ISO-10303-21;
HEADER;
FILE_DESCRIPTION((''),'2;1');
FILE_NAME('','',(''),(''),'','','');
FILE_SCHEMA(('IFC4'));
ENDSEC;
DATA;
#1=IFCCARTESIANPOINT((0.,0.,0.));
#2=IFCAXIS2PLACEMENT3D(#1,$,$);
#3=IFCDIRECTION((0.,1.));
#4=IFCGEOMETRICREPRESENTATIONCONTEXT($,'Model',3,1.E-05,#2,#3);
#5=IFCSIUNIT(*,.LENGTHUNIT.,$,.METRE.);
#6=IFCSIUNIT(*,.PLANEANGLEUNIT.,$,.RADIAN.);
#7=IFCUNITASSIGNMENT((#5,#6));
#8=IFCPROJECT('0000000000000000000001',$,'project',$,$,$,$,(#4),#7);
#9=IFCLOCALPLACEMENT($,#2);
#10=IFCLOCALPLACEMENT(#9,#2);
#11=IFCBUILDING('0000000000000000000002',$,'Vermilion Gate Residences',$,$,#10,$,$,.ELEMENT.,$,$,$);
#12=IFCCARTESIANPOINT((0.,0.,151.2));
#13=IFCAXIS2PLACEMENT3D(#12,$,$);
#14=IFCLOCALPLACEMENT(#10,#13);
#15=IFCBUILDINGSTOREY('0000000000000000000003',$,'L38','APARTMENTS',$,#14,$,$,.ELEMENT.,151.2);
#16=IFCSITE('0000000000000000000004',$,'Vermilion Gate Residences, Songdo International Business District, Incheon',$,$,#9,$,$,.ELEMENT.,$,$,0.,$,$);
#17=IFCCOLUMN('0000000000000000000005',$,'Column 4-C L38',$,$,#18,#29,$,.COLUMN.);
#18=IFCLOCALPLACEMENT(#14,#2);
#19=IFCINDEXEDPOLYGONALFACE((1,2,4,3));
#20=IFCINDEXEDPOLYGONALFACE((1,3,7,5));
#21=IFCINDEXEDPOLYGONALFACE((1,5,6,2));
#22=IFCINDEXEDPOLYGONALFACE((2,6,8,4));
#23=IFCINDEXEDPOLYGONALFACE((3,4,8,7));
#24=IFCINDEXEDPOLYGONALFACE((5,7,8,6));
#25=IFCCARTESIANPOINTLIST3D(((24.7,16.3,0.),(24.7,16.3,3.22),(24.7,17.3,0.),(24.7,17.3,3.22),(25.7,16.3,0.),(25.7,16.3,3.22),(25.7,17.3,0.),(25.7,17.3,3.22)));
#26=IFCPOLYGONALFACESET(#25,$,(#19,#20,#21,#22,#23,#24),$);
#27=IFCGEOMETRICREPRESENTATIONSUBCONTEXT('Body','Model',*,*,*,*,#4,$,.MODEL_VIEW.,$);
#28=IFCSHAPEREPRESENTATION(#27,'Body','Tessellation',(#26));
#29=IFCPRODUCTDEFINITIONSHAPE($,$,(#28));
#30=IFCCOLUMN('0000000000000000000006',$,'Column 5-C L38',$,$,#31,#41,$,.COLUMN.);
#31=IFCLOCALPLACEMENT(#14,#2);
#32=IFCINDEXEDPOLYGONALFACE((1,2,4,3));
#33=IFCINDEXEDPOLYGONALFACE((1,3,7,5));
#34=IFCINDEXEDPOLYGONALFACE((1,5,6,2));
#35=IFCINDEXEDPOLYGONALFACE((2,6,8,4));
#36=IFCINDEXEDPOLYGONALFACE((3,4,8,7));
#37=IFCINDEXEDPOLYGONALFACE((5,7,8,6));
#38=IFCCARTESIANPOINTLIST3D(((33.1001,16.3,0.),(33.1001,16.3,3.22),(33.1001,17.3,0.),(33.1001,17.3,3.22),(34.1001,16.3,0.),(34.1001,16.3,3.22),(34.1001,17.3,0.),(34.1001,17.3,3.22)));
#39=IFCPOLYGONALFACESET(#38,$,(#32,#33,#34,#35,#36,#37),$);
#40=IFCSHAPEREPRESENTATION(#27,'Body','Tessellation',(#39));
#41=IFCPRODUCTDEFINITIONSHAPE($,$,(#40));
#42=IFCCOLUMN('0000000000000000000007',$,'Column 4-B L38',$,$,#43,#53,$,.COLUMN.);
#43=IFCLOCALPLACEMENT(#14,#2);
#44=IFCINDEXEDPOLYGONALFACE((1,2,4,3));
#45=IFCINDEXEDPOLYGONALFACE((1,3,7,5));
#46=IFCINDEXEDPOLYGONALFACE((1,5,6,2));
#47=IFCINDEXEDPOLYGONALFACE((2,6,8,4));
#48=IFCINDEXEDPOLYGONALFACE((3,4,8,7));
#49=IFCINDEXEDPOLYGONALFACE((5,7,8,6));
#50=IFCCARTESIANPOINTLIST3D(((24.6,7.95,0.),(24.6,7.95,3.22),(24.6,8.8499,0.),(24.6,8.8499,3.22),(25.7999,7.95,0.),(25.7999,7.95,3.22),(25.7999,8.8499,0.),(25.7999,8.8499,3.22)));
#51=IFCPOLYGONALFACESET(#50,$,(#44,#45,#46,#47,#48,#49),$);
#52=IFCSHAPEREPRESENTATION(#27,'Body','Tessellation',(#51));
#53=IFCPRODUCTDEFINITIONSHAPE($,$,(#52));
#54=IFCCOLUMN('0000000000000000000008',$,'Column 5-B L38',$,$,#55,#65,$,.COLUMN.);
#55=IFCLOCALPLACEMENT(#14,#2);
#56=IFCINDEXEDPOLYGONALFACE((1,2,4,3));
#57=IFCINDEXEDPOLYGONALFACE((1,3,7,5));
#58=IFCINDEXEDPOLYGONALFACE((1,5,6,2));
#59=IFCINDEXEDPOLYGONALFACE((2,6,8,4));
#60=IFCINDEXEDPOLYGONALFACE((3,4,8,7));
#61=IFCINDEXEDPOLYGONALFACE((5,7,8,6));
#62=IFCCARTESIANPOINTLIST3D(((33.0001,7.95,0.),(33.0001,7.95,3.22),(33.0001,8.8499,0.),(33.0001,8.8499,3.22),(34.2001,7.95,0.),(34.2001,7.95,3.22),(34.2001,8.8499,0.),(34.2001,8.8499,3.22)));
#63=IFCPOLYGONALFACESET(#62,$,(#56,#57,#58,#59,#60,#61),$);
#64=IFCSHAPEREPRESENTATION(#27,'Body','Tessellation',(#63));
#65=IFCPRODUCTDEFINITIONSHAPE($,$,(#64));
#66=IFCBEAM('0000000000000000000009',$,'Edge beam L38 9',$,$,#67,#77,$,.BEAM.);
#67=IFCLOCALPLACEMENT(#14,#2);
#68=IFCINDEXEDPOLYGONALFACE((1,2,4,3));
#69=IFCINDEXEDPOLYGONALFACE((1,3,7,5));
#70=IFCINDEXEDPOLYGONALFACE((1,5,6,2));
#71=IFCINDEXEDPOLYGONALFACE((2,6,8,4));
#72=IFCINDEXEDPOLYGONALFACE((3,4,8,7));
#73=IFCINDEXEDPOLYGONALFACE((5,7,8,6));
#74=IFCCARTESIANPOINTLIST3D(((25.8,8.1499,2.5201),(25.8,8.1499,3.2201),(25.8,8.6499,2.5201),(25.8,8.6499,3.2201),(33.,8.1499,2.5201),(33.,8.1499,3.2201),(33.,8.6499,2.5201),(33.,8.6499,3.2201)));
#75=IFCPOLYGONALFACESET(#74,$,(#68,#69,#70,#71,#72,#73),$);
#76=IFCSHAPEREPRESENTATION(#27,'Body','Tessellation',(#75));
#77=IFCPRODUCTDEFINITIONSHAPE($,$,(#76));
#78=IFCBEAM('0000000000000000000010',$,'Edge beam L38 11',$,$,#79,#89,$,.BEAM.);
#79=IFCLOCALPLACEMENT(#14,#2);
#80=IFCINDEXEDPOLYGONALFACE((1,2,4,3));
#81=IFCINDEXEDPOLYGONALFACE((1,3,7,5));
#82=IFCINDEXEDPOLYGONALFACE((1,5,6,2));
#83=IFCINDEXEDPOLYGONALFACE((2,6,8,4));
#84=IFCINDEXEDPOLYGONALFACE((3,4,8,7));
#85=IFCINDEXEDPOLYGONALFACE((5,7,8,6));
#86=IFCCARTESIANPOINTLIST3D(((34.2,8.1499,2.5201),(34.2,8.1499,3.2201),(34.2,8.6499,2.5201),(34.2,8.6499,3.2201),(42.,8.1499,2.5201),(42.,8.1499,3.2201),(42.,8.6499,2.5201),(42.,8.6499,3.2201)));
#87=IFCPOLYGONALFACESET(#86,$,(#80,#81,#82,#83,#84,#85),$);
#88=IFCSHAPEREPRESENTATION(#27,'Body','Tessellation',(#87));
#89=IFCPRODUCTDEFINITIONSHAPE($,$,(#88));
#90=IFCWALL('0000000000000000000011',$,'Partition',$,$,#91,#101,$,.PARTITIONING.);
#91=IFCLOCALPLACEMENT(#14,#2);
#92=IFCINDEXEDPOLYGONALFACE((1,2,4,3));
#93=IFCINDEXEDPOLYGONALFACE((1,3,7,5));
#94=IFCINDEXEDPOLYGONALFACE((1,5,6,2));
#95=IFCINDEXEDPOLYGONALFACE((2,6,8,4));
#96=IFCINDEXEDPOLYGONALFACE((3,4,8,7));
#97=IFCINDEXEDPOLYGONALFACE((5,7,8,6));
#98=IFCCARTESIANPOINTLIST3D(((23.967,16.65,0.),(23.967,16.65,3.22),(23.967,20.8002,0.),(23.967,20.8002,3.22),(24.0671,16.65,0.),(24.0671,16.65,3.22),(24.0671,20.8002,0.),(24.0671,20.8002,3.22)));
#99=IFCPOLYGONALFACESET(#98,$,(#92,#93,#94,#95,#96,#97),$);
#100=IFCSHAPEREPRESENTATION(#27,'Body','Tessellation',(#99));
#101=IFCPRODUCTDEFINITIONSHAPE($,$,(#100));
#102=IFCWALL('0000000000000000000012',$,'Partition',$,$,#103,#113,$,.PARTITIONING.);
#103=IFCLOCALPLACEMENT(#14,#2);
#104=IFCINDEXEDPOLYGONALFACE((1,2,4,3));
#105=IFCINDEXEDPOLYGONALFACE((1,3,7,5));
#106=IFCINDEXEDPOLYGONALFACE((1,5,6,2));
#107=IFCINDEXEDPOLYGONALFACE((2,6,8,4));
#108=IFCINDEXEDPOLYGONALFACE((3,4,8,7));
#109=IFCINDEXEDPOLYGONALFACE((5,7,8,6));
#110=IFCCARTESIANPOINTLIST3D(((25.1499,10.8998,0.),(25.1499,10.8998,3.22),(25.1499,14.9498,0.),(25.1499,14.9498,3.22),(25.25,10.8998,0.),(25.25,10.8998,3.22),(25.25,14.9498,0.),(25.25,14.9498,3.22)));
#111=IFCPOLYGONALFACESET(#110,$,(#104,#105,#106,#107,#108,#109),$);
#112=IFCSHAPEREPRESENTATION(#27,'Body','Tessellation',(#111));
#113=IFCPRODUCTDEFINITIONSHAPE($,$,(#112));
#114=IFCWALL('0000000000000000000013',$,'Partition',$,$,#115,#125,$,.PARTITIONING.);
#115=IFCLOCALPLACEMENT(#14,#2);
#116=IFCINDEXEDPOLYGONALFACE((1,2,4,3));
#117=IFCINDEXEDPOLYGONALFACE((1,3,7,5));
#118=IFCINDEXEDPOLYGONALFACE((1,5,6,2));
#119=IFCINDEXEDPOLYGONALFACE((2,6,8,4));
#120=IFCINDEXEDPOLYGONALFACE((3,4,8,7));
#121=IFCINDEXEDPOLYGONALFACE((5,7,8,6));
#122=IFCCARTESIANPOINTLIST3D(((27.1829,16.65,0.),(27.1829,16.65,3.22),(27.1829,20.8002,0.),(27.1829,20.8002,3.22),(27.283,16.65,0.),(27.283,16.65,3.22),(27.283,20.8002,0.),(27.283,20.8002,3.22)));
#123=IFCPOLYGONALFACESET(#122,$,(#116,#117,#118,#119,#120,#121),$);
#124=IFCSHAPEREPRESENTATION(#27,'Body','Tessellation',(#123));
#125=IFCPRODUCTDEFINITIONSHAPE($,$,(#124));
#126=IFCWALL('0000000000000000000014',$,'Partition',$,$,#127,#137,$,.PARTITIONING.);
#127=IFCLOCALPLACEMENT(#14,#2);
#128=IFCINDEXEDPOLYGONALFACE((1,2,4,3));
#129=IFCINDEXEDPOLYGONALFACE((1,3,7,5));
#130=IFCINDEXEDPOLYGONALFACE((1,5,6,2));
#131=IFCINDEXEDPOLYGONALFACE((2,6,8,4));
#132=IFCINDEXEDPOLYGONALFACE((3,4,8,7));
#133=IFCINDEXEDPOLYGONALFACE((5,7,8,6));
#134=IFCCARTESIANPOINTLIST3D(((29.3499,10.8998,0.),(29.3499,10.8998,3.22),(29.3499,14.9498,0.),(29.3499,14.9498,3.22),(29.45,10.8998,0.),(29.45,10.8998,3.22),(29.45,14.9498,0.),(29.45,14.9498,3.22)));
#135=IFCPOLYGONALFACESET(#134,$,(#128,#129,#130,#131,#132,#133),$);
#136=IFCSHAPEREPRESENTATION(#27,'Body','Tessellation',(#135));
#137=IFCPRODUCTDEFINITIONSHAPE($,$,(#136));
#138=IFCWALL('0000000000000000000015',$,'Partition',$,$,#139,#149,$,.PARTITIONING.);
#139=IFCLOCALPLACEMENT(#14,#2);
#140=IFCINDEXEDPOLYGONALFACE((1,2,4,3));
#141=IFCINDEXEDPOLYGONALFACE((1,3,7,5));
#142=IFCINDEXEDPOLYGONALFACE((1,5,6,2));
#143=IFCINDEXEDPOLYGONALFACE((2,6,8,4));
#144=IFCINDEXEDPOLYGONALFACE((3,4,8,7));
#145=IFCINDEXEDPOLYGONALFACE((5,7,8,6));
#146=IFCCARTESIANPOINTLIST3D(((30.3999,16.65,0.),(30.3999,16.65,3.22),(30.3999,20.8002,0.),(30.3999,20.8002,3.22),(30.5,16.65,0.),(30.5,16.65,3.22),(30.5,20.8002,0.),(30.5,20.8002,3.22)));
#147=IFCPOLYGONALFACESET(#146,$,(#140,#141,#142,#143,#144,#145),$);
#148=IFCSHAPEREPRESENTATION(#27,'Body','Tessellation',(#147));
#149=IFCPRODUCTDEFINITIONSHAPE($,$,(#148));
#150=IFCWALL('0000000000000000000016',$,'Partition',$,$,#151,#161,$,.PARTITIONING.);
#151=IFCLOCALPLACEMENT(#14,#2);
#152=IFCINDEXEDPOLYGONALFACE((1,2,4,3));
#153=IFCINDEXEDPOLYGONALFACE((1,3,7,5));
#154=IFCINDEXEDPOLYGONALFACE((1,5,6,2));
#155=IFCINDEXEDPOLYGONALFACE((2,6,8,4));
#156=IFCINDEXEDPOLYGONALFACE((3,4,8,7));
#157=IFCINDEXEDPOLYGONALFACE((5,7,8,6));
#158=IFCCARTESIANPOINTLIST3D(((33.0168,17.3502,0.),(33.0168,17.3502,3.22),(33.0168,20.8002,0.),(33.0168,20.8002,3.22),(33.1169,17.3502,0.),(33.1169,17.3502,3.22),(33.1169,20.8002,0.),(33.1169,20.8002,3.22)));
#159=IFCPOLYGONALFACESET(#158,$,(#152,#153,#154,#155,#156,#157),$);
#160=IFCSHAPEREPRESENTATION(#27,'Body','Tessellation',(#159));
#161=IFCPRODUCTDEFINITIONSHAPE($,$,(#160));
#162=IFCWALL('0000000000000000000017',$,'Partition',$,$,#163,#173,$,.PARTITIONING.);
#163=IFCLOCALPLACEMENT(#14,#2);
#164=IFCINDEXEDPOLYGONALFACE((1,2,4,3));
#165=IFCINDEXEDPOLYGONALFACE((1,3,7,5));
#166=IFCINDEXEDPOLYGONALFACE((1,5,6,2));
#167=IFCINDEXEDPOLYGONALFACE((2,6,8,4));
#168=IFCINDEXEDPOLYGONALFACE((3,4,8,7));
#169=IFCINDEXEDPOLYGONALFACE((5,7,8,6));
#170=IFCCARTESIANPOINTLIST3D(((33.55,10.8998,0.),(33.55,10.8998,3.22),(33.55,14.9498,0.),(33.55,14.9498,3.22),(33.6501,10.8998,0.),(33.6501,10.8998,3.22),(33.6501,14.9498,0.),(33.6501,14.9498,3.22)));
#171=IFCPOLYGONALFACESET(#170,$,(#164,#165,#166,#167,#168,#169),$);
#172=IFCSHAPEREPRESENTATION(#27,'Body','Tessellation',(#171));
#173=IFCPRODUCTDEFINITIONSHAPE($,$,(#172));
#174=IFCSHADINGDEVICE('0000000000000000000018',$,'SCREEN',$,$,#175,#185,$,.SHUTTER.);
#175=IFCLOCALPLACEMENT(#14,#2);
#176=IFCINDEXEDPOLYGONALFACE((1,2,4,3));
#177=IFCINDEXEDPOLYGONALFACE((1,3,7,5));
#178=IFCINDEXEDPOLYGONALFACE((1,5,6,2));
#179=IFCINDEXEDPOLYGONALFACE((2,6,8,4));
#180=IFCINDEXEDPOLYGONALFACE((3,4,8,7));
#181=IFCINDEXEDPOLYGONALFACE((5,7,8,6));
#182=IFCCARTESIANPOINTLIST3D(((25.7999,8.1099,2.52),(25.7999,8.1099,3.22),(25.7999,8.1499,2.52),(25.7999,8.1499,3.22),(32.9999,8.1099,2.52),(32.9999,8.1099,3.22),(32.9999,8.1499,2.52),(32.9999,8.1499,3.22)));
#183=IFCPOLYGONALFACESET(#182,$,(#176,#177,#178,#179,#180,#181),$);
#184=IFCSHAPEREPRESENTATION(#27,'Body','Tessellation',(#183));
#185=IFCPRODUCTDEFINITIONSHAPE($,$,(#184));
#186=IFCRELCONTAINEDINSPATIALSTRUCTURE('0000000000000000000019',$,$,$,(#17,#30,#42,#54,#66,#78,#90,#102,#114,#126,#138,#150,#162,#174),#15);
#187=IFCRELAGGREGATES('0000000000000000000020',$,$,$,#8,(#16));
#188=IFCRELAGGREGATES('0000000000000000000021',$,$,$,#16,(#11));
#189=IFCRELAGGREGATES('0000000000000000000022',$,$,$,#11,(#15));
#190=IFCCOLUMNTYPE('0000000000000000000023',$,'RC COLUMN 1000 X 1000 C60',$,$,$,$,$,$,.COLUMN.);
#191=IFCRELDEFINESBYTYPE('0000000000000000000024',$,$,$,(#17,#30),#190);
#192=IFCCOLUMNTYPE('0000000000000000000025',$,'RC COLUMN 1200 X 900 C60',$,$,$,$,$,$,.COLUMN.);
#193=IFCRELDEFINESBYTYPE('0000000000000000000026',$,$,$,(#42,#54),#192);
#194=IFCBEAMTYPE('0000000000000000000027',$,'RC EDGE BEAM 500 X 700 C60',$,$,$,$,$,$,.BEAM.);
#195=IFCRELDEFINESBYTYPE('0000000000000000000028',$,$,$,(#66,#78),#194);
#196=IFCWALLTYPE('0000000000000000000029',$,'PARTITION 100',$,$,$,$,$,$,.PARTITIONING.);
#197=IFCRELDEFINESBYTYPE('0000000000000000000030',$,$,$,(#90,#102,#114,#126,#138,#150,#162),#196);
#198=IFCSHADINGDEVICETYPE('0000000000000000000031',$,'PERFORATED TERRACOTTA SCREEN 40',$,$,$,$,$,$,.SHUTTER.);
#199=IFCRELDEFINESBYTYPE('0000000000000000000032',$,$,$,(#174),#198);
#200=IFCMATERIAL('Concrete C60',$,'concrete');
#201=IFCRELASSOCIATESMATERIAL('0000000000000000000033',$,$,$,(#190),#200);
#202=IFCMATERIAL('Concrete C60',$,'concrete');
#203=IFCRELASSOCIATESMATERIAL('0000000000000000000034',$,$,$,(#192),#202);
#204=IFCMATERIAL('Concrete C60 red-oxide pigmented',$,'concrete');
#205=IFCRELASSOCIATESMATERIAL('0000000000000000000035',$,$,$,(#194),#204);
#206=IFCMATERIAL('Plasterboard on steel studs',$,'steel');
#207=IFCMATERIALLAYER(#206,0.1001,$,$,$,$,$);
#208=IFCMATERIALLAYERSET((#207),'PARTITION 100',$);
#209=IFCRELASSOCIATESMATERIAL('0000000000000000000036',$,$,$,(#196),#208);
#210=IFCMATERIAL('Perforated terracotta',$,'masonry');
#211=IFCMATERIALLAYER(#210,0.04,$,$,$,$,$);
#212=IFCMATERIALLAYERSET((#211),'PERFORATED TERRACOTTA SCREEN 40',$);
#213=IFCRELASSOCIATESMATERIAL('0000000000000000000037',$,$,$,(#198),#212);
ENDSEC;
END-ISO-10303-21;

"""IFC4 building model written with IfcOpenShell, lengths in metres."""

from ifc_helpers import new_model, si_unit, direction, frame, frame_2d, origin, origin_2d, place, context, subcontext, project, spatial, rectangle, extrude, material, layer, layer_set, material_profile, profile_set, type_object, element, save


model = new_model("IFC4")

# Units and contexts
model_context = context("Model", 3, precision=1e-05, world=origin(), true_north=direction((0.0, 1.0)))
body_context = subcontext(model_context, "Body", "Model", "MODEL_VIEW")
ifc_project = project(units=[si_unit("LENGTHUNIT", "METRE"), si_unit("PLANEANGLEUNIT", "RADIAN")], contexts=[model_context])

# Site, building, storey
site_placement = place(None, origin())
site = spatial("IfcSite", under=ifc_project, at=site_placement, Name="Vermilion Gate Residences, Songdo International Business District, Incheon", CompositionType="ELEMENT", RefElevation=0.0)
building_placement = place(site_placement, origin())
building = spatial("IfcBuilding", under=site, at=building_placement, Name="Vermilion Gate Residences", CompositionType="ELEMENT")
storey_placement = place(building_placement, frame((0.0, 0.0, 151.2)))
storey = spatial("IfcBuildingStorey", under=building, at=storey_placement, Name="L38", Description="APARTMENTS", CompositionType="ELEMENT", Elevation=151.2)

# Columns
ifc_material_1 = material(Name="Concrete C60", Category="concrete")
ifc_material_profile_1 = material_profile(ifc_material_1, rectangle(XDim=1.0, YDim=1.0, at=origin_2d()), Name="RC-1000x1000")
ifc_profile_set_1 = profile_set([ifc_material_profile_1], Name="Concrete C60")
column_type_1 = type_object("IfcColumnType", Name="RC COLUMN 1000 X 1000 C60", PredefinedType="COLUMN", material=ifc_profile_set_1)
for number, where, z_axis, x_axis, name in (
    (1, (25.2, 16.8, 0.0), (0.0, 0.0, 1.0), (1.0, 0.0, 0.0), "Column 4-C L38"),
    (2, (33.6001, 16.8, 0.0), (0.0, 0.0, 1.0), (1.0, 0.0, 0.0), "Column 5-C L38"),
):
    element("IfcColumn", number, at=place(storey_placement, frame(where, z_axis=z_axis, x_axis=x_axis)), inside=storey, type_object=column_type_1, Name=name, PredefinedType="COLUMN", context=body_context, shape_type="SweptSolid", body=[
        extrude(rectangle(XDim=1.0, YDim=1.0, at=origin_2d()), origin(), (0.0, 0.0, 1.0), 3.22),
    ])
ifc_material_2 = material(Name="Concrete C60", Category="concrete")
ifc_material_profile_2 = material_profile(ifc_material_2, rectangle(XDim=1.2, YDim=0.8999, at=origin_2d()), Name="RC-1200x900")
ifc_profile_set_2 = profile_set([ifc_material_profile_2], Name="Concrete C60")
column_type_2 = type_object("IfcColumnType", Name="RC COLUMN 1200 X 900 C60", PredefinedType="COLUMN", material=ifc_profile_set_2)
for number, where, z_axis, x_axis, name in (
    (3, (25.2, 8.3999, 0.0), (0.0, 0.0, 1.0), (1.0, 0.0, 0.0), "Column 4-B L38"),
    (4, (33.6001, 8.3999, 0.0), (0.0, 0.0, 1.0), (1.0, 0.0, 0.0), "Column 5-B L38"),
):
    element("IfcColumn", number, at=place(storey_placement, frame(where, z_axis=z_axis, x_axis=x_axis)), inside=storey, type_object=column_type_2, Name=name, PredefinedType="COLUMN", context=body_context, shape_type="SweptSolid", body=[
        extrude(rectangle(XDim=1.2, YDim=0.8999, at=origin_2d()), origin(), (0.0, 0.0, 1.0), 3.22),
    ])

# Beams
ifc_material_3 = material(Name="Concrete C60 red-oxide pigmented", Category="concrete")
ifc_material_profile_3 = material_profile(ifc_material_3, rectangle(XDim=0.5, YDim=0.7, at=origin_2d()), Name="RC-500x700")
ifc_profile_set_3 = profile_set([ifc_material_profile_3], Name="Concrete C60 red-oxide pigmented")
beam_type = type_object("IfcBeamType", Name="RC EDGE BEAM 500 X 700 C60", PredefinedType="BEAM", material=ifc_profile_set_3)
beam_1_placement = place(storey_placement, frame((25.8, 8.3999, 2.8701), z_axis=(1.0, 0.0, 0.0), x_axis=(0.0, 1.0, 0.0)))
element("IfcBeam", 5, at=beam_1_placement, inside=storey, type_object=beam_type, Name="Edge beam L38 9", PredefinedType="BEAM", context=body_context, shape_type="SweptSolid", body=[
    extrude(rectangle(XDim=0.5, YDim=0.7, at=origin_2d()), origin(), (0.0, 0.0, 1.0), 7.2),
])
beam_2_placement = place(storey_placement, frame((34.2, 8.3999, 2.8701), z_axis=(1.0, 0.0, 0.0), x_axis=(0.0, 1.0, 0.0)))
element("IfcBeam", 6, at=beam_2_placement, inside=storey, type_object=beam_type, Name="Edge beam L38 11", PredefinedType="BEAM", context=body_context, shape_type="SweptSolid", body=[
    extrude(rectangle(XDim=0.5, YDim=0.7, at=origin_2d()), origin(), (0.0, 0.0, 1.0), 7.8),
])

# Walls
ifc_material_4 = material(Name="Plasterboard on steel studs", Category="steel")
ifc_layer_1 = layer(ifc_material_4, 0.1001)
ifc_layer_set_1 = layer_set([ifc_layer_1], Name="PARTITION 100")
wall_type = type_object("IfcWallType", Name="PARTITION 100", PredefinedType="PARTITIONING", material=ifc_layer_set_1)
wall_1_placement = place(storey_placement, frame((24.0171, 16.6499, 0.0), z_axis=(0.0, 0.0, 1.0), x_axis=(0.0, 1.0, 0.0)))
element("IfcWall", 7, at=wall_1_placement, inside=storey, type_object=wall_type, Name="Partition", PredefinedType="PARTITIONING", context=body_context, shape_type="SweptSolid", body=[
    extrude(rectangle(XDim=4.1501, YDim=0.1001, at=frame_2d((2.0752, 0.0))), origin(), (0.0, 0.0, 1.0), 3.22),
])
wall_2_placement = place(storey_placement, frame((25.2, 10.8999, 0.0), z_axis=(0.0, 0.0, 1.0), x_axis=(0.0, 1.0, 0.0)))
element("IfcWall", 8, at=wall_2_placement, inside=storey, type_object=wall_type, Name="Partition", PredefinedType="PARTITIONING", context=body_context, shape_type="SweptSolid", body=[
    extrude(rectangle(XDim=4.05, YDim=0.1001, at=frame_2d((2.0249, 0.0))), origin(), (0.0, 0.0, 1.0), 3.22),
])
wall_3_placement = place(storey_placement, frame((27.2329, 16.6499, 0.0), z_axis=(0.0, 0.0, 1.0), x_axis=(0.0, 1.0, 0.0)))
element("IfcWall", 9, at=wall_3_placement, inside=storey, type_object=wall_type, Name="Partition", PredefinedType="PARTITIONING", context=body_context, shape_type="SweptSolid", body=[
    extrude(rectangle(XDim=4.1501, YDim=0.1001, at=frame_2d((2.0752, 0.0))), origin(), (0.0, 0.0, 1.0), 3.22),
])
wall_4_placement = place(storey_placement, frame((29.3999, 10.8999, 0.0), z_axis=(0.0, 0.0, 1.0), x_axis=(0.0, 1.0, 0.0)))
element("IfcWall", 10, at=wall_4_placement, inside=storey, type_object=wall_type, Name="Partition", PredefinedType="PARTITIONING", context=body_context, shape_type="SweptSolid", body=[
    extrude(rectangle(XDim=4.05, YDim=0.1001, at=frame_2d((2.0249, 0.0))), origin(), (0.0, 0.0, 1.0), 3.22),
])
wall_5_placement = place(storey_placement, frame((30.45, 16.6499, 0.0), z_axis=(0.0, 0.0, 1.0), x_axis=(0.0, 1.0, 0.0)))
element("IfcWall", 11, at=wall_5_placement, inside=storey, type_object=wall_type, Name="Partition", PredefinedType="PARTITIONING", context=body_context, shape_type="SweptSolid", body=[
    extrude(rectangle(XDim=4.1501, YDim=0.1001, at=frame_2d((2.0752, 0.0))), origin(), (0.0, 0.0, 1.0), 3.22),
])
wall_6_placement = place(storey_placement, frame((33.0669, 17.3501, 0.0), z_axis=(0.0, 0.0, 1.0), x_axis=(0.0, 1.0, 0.0)))
element("IfcWall", 12, at=wall_6_placement, inside=storey, type_object=wall_type, Name="Partition", PredefinedType="PARTITIONING", context=body_context, shape_type="SweptSolid", body=[
    extrude(rectangle(XDim=3.45, YDim=0.1001, at=frame_2d((1.7251, 0.0))), origin(), (0.0, 0.0, 1.0), 3.22),
])
wall_7_placement = place(storey_placement, frame((33.6001, 10.8999, 0.0), z_axis=(0.0, 0.0, 1.0), x_axis=(0.0, 1.0, 0.0)))
element("IfcWall", 13, at=wall_7_placement, inside=storey, type_object=wall_type, Name="Partition", PredefinedType="PARTITIONING", context=body_context, shape_type="SweptSolid", body=[
    extrude(rectangle(XDim=4.05, YDim=0.1001, at=frame_2d((2.0249, 0.0))), origin(), (0.0, 0.0, 1.0), 3.22),
])

# Shading device
ifc_material_5 = material(Name="Perforated terracotta", Category="masonry")
ifc_layer_2 = layer(ifc_material_5, 0.04)
ifc_layer_set_2 = layer_set([ifc_layer_2], Name="PERFORATED TERRACOTTA SCREEN 40")
shading_device_type_1 = type_object("IfcShadingDeviceType", Name="PERFORATED TERRACOTTA SCREEN 40", PredefinedType="SHUTTER", material=ifc_layer_set_2)
shading_device_1_placement = place(storey_placement, frame((29.3999, 8.1299, 2.52), z_axis=(0.0, 0.0, 1.0), x_axis=(1.0, 0.0, 0.0)))
element("IfcShadingDevice", 14, at=shading_device_1_placement, inside=storey, type_object=shading_device_type_1, Name="SCREEN", PredefinedType="SHUTTER", context=body_context, shape_type="SweptSolid", body=[
    extrude(rectangle(XDim=7.2, YDim=0.04, at=origin_2d()), origin(), (0.0, 0.0, 1.0), 0.7),
])

save(model, "model.ifc")
